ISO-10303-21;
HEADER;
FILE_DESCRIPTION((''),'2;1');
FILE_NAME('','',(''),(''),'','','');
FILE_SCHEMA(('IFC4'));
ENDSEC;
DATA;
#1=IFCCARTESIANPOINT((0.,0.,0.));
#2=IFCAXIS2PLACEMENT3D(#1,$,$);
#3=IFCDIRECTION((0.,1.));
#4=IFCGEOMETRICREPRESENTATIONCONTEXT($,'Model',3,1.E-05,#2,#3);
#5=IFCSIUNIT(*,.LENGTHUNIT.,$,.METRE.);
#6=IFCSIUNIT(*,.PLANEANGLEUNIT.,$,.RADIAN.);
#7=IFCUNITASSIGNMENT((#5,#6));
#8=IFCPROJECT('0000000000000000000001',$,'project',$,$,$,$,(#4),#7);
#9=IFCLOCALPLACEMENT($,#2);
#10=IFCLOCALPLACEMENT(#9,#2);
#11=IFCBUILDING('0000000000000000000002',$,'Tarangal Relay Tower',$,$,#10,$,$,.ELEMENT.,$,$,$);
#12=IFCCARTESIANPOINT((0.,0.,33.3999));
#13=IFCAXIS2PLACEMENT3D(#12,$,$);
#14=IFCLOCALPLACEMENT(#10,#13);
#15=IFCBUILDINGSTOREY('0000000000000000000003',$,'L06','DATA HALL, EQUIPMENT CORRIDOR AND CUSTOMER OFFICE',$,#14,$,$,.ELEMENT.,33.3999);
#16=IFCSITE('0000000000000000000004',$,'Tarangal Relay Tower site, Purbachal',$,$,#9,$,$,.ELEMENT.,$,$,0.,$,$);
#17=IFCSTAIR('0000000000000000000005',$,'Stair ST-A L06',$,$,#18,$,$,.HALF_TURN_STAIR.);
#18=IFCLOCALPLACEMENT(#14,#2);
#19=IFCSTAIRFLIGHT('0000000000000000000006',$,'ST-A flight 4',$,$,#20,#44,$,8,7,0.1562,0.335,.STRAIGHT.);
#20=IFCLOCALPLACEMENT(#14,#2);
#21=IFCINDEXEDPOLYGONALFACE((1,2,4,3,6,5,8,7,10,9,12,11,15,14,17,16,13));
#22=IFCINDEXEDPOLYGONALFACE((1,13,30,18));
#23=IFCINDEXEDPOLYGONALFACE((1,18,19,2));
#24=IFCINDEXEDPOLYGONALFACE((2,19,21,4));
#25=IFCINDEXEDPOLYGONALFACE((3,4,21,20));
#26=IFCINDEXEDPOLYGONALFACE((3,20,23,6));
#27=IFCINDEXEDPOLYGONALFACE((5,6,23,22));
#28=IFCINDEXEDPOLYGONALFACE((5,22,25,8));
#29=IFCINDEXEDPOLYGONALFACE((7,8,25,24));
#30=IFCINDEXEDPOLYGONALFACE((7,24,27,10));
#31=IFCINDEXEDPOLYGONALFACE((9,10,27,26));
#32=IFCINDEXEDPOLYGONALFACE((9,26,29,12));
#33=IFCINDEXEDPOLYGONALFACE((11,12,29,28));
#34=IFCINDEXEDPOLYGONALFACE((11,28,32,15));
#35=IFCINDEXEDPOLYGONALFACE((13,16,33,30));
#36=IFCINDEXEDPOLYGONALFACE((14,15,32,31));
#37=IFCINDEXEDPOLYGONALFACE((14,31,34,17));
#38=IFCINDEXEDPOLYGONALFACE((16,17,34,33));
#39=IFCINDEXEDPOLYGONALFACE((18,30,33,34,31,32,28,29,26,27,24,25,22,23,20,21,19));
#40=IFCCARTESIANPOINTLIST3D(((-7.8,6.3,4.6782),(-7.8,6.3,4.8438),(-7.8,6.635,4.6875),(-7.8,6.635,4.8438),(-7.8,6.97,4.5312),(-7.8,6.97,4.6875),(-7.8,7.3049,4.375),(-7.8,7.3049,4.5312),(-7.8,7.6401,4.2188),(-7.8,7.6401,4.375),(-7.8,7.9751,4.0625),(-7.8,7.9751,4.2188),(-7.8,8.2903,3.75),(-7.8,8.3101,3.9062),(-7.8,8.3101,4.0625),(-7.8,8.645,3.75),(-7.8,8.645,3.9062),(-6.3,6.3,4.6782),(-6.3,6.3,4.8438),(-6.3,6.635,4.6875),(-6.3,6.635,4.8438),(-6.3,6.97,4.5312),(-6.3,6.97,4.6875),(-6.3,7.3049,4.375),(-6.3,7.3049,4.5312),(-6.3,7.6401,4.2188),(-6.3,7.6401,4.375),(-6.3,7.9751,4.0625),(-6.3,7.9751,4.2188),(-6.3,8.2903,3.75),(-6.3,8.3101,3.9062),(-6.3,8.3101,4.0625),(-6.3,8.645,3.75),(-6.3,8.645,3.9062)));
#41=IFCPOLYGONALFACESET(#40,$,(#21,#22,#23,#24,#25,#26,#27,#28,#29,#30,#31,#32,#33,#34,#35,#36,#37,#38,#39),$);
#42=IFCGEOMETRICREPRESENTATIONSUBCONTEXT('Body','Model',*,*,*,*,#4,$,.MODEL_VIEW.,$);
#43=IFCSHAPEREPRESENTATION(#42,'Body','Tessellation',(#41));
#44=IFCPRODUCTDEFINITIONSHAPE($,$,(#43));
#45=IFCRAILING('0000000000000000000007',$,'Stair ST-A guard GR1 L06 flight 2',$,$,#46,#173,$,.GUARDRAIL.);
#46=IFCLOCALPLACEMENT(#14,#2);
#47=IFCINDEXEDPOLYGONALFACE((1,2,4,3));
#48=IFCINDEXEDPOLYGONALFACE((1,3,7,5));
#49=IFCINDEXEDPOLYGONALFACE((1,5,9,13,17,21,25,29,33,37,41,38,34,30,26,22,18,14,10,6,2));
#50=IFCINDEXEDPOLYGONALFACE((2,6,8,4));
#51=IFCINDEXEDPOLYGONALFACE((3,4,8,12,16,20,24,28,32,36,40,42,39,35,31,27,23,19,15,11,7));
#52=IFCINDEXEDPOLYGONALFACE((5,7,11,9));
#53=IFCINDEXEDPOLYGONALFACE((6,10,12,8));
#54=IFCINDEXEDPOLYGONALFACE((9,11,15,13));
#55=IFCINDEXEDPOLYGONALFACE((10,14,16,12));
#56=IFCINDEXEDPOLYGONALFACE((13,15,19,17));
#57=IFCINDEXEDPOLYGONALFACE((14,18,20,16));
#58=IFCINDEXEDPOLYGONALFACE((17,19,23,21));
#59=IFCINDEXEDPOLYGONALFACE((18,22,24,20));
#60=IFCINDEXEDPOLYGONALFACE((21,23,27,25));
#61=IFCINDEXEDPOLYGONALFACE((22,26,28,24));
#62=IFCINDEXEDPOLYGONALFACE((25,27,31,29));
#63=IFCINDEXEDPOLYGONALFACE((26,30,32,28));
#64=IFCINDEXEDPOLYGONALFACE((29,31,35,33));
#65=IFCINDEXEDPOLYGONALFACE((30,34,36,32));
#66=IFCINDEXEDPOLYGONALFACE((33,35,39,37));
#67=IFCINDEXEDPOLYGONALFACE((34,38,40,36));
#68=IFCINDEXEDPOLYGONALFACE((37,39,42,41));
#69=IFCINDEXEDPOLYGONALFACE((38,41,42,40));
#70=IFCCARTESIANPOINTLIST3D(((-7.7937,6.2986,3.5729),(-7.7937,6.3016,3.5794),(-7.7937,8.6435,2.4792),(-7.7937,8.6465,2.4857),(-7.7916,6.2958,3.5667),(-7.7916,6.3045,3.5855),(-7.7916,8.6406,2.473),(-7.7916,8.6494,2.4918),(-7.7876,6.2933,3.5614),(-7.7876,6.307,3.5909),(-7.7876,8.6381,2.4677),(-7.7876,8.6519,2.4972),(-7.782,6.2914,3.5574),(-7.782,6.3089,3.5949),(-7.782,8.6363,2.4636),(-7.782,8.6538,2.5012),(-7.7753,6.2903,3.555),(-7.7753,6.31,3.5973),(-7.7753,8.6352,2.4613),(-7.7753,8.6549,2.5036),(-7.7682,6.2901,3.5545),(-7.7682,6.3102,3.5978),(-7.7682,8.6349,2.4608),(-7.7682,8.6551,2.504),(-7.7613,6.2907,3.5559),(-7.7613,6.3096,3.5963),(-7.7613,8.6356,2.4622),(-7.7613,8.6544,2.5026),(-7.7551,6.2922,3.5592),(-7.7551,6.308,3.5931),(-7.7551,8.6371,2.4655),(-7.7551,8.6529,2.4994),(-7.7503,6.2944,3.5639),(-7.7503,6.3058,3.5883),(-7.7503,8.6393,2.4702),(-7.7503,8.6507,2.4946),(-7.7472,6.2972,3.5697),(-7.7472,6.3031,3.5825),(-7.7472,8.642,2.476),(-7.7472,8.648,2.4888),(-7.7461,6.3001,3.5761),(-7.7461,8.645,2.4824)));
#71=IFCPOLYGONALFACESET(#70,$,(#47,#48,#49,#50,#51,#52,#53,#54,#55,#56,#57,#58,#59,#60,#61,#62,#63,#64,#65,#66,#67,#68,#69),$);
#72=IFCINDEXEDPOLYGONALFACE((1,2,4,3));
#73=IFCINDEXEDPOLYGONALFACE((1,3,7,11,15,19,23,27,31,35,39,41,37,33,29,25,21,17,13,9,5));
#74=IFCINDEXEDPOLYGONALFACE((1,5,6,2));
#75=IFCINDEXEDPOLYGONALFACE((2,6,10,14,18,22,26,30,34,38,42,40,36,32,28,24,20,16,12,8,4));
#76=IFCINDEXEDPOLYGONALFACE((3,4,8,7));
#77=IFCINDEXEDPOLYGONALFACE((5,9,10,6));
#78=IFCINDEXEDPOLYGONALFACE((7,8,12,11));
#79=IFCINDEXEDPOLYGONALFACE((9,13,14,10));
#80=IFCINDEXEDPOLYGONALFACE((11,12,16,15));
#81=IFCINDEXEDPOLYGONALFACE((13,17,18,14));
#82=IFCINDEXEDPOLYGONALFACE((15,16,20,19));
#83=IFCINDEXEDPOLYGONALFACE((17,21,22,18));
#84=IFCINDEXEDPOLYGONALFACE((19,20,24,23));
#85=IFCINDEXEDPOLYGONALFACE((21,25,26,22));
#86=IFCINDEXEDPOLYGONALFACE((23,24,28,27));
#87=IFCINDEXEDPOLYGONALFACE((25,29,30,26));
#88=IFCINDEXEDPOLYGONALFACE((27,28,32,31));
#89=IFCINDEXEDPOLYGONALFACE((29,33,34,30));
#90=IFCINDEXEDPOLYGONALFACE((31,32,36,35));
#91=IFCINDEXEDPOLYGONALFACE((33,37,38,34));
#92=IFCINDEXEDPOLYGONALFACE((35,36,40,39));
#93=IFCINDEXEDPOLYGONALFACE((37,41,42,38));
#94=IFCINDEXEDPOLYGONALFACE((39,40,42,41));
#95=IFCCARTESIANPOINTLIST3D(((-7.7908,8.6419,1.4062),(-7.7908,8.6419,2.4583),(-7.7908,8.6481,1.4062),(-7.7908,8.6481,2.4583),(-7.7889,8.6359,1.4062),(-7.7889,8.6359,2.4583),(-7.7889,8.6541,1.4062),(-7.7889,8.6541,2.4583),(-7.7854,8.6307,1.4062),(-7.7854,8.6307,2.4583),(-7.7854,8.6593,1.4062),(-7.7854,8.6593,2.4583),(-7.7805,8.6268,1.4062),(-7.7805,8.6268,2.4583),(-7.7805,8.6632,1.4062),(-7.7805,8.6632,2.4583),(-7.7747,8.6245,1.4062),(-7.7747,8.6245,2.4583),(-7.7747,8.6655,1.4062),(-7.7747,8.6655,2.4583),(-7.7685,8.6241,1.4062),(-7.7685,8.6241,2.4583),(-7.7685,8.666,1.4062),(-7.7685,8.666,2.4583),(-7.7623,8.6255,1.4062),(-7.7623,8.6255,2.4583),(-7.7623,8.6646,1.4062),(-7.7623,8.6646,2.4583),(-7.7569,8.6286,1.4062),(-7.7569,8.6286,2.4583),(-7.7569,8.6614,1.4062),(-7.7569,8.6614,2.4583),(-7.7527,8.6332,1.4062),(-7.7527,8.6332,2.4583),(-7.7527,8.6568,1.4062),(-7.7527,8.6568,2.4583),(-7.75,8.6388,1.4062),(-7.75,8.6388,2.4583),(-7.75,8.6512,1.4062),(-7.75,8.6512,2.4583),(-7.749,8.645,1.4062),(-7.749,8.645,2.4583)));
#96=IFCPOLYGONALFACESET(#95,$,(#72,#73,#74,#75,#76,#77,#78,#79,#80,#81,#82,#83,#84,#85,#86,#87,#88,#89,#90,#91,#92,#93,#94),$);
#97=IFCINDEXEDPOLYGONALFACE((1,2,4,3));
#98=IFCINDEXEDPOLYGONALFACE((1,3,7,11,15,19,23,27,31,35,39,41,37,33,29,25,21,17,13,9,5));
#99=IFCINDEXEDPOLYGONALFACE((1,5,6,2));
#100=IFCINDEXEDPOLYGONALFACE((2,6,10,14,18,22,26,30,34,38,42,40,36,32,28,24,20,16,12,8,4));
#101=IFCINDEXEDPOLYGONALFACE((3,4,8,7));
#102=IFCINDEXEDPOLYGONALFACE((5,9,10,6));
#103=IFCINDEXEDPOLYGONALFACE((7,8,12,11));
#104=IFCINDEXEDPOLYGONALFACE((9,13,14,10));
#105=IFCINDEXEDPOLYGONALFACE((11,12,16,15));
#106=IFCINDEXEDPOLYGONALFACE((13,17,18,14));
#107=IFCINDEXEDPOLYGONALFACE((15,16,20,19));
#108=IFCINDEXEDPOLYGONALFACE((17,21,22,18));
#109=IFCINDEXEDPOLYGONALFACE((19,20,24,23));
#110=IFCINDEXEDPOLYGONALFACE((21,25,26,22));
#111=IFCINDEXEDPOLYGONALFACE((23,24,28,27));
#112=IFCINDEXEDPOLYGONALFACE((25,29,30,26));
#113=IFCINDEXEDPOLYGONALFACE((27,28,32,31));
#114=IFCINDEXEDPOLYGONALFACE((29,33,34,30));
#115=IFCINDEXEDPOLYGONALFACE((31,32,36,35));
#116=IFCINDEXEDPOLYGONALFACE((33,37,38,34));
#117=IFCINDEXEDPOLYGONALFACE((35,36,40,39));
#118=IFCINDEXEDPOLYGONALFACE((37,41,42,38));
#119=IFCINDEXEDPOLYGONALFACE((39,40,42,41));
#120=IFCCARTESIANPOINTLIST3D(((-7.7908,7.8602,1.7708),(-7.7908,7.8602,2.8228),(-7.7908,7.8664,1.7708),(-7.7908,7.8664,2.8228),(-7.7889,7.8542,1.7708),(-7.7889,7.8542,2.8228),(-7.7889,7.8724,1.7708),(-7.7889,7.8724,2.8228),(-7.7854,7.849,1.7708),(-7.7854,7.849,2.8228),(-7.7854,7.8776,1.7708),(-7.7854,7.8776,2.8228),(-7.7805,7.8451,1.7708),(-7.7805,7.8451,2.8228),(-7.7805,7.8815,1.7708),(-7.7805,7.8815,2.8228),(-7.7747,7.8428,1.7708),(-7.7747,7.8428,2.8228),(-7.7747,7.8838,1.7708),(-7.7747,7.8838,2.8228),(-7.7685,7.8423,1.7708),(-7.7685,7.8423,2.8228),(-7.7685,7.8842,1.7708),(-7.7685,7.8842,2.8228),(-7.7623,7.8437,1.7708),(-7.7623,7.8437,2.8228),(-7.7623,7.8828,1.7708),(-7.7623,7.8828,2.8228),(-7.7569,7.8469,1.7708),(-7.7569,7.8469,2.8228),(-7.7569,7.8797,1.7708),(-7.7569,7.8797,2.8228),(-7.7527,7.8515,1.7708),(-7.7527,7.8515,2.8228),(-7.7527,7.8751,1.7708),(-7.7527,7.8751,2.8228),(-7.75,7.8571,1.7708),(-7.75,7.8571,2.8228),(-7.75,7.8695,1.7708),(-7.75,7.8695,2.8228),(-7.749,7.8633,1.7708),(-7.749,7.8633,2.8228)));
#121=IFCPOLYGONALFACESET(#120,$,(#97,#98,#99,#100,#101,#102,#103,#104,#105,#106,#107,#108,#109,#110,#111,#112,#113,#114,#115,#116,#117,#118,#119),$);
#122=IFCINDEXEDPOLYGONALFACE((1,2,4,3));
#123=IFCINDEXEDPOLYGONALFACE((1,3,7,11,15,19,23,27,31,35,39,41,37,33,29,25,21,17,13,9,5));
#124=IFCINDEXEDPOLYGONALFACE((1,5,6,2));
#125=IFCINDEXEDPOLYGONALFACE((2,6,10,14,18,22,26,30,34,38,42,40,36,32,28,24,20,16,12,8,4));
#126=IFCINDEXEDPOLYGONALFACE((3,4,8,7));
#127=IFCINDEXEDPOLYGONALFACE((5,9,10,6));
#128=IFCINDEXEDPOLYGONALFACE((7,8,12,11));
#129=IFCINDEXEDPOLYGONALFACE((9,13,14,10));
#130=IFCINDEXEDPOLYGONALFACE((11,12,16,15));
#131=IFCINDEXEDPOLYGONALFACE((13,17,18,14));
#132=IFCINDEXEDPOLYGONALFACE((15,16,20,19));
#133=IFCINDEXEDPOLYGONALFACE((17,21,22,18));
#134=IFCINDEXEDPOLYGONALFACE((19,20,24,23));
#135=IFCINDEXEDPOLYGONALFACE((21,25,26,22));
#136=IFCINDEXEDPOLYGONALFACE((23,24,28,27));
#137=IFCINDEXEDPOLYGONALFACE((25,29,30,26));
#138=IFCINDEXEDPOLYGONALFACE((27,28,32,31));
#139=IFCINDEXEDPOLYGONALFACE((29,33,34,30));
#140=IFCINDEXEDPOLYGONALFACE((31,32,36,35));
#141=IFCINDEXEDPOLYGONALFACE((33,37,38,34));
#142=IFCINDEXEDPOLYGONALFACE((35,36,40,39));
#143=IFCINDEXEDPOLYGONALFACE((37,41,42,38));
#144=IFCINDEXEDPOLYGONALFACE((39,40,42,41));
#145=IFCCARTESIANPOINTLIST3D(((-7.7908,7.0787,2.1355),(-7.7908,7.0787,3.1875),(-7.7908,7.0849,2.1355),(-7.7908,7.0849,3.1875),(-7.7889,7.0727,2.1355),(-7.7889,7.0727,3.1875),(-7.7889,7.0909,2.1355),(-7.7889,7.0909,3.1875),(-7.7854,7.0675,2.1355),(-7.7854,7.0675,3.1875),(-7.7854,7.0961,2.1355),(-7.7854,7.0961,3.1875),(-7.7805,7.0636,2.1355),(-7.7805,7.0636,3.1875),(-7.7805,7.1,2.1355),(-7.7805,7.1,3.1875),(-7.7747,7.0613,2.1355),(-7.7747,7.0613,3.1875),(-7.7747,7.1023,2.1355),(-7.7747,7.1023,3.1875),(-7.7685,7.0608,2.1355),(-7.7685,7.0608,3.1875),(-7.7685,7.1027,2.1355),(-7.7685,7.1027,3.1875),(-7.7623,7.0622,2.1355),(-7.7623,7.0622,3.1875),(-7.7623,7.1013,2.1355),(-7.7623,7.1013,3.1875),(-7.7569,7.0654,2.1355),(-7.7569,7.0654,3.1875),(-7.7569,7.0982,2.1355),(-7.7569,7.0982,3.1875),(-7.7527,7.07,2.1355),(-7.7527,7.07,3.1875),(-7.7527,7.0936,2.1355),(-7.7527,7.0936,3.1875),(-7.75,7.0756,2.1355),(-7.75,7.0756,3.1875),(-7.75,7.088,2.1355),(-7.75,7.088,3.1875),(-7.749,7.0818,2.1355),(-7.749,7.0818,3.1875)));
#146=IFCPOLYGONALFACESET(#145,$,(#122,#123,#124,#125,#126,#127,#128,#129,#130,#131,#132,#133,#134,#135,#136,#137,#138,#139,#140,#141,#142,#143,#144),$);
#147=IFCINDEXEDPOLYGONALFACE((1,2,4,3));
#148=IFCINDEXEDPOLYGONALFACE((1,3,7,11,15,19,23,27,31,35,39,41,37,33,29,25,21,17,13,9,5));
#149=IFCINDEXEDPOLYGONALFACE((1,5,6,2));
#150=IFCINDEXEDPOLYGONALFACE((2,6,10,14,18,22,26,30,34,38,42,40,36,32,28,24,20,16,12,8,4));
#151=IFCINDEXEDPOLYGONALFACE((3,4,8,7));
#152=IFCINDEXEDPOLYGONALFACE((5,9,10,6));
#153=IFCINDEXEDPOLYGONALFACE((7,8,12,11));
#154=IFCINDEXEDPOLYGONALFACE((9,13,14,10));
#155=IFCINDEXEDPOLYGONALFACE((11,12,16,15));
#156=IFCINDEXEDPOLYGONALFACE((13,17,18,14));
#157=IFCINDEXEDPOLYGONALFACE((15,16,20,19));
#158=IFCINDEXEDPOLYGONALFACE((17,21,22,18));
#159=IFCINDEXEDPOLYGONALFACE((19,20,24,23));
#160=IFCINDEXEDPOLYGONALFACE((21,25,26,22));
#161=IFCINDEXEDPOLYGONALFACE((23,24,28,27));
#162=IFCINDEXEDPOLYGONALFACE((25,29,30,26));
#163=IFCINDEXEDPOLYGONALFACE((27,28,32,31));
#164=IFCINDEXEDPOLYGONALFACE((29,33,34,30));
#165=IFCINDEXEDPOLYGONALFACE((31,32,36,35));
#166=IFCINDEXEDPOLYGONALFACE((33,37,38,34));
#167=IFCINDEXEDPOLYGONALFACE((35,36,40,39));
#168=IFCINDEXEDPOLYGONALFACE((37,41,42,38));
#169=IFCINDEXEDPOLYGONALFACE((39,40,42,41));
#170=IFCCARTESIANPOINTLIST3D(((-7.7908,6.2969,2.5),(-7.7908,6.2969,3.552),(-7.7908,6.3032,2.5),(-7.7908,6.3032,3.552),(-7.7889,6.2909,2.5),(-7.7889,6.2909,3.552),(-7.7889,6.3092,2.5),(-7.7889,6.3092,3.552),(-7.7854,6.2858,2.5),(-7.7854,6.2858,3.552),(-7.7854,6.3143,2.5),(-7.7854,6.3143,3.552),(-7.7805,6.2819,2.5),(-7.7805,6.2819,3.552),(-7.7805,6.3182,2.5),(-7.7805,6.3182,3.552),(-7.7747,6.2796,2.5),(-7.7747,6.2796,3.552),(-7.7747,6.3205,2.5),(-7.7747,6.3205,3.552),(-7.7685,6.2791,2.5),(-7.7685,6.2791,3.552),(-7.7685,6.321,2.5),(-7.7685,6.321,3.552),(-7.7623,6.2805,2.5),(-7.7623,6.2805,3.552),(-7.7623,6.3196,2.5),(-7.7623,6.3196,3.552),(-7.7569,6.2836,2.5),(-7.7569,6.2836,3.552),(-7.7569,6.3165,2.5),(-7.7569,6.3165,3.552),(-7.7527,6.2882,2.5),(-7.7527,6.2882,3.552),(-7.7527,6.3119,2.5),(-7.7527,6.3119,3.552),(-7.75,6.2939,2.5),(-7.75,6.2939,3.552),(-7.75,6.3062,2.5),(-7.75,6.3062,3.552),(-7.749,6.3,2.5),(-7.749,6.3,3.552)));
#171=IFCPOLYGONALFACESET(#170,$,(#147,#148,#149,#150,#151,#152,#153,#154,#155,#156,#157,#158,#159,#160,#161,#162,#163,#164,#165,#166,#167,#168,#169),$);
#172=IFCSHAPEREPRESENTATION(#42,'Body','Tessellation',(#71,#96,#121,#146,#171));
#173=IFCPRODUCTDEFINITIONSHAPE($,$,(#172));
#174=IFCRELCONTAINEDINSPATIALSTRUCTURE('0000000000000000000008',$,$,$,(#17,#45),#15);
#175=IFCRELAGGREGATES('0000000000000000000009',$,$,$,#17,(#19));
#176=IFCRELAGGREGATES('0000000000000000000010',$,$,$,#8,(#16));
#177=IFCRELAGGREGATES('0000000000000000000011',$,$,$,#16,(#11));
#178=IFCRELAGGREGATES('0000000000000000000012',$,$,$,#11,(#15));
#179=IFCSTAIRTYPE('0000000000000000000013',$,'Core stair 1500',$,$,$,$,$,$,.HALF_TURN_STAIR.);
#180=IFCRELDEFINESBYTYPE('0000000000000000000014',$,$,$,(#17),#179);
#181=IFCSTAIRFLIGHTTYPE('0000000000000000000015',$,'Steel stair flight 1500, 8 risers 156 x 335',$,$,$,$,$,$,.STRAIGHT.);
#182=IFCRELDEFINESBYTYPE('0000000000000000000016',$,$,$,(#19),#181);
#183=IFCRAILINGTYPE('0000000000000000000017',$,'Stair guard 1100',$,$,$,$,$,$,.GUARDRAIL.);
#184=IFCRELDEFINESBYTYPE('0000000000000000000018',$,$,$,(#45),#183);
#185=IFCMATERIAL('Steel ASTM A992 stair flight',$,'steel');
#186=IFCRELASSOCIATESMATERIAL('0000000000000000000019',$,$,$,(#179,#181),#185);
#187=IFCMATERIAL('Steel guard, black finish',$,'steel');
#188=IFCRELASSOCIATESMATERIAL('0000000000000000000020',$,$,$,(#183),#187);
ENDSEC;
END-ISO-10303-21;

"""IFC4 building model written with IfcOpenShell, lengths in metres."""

from ifc_helpers import new_model, si_unit, direction, frame, origin, origin_2d, place, context, subcontext, project, spatial, polyline, circle, outline, extrude, material, type_object, element, aggregate, save


model = new_model("IFC4")

# Units and contexts
model_context = context("Model", 3, precision=1e-05, world=origin(), true_north=direction((0.0, 1.0)))
body_context = subcontext(model_context, "Body", "Model", "MODEL_VIEW")
ifc_project = project(units=[si_unit("LENGTHUNIT", "METRE"), si_unit("PLANEANGLEUNIT", "RADIAN")], contexts=[model_context])

# Site, building, storey
site_placement = place(None, origin())
site = spatial("IfcSite", under=ifc_project, at=site_placement, Name="Tarangal Relay Tower site, Purbachal", CompositionType="ELEMENT", RefElevation=0.0)
building_placement = place(site_placement, origin())
building = spatial("IfcBuilding", under=site, at=building_placement, Name="Tarangal Relay Tower", CompositionType="ELEMENT")
storey_placement = place(building_placement, frame((0.0, 0.0, 33.3999)))
storey = spatial("IfcBuildingStorey", under=building, at=storey_placement, Name="L06", Description="DATA HALL, EQUIPMENT CORRIDOR AND CUSTOMER OFFICE", CompositionType="ELEMENT", Elevation=33.3999)

# Stair, stair flight
ifc_material_1 = material(Name="Steel ASTM A992 stair flight", Category="steel")
stair_type = type_object("IfcStairType", Name="Core stair 1500", PredefinedType="HALF_TURN_STAIR", material=ifc_material_1)
stair_placement = place(storey_placement, origin())
stair = element("IfcStair", 1, at=stair_placement, inside=storey, type_object=stair_type, Name="Stair ST-A L06", PredefinedType="HALF_TURN_STAIR")
stair_flight_type = type_object("IfcStairFlightType", Name="Steel stair flight 1500, 8 risers 156 x 335", PredefinedType="STRAIGHT", material=ifc_material_1)
stair_flight_1_placement = place(storey_placement, frame((-7.05, 8.645, 3.75), z_axis=(0.0, 0.0, 1.0), x_axis=(0.0, -1.0, 0.0)))
stair_flight_1 = element("IfcStairFlight", 2, at=stair_flight_1_placement, type_object=stair_flight_type, Name="ST-A flight 4", NumberOfRisers=8, NumberOfTreads=7, PredefinedType="STRAIGHT", RiserHeight=0.1562, TreadLength=0.335, context=body_context, shape_type="SweptSolid", body=[
    extrude(outline(polyline([(0.0, 0.0), (0.0, 0.1562), (0.335, 0.1562), (0.335, 0.3125), (0.6699, 0.3125), (0.6699, 0.4688), (1.0049, 0.4688), (1.0049, 0.625), (1.3401, 0.625), (1.3401, 0.7812), (1.675, 0.7812), (1.675, 0.9375), (2.01, 0.9375), (2.01, 1.0938), (2.345, 1.0938), (2.345, 1.25), (2.345, 0.9282), (0.3547, 0.0), (0.0, 0.0)])), frame((0.0, 0.75, 0.0), z_axis=(0.0, -1.0, 0.0), x_axis=(1.0, 0.0, 0.0)), (0.0, 0.0, 1.0), 1.5),
])
aggregate(stair, [stair_flight_1])

# Railing
ifc_material_2 = material(Name="Steel guard, black finish", Category="steel")
railing_type_1 = type_object("IfcRailingType", Name="Stair guard 1100", PredefinedType="GUARDRAIL", material=ifc_material_2)
for number, where, name in (
    (3, (-7.77, 8.645, 1.4062), "Stair ST-A guard GR1 L06 flight 2"),
):
    element("IfcRailing", number, at=place(storey_placement, frame(where)), inside=storey, type_object=railing_type_1, Name=name, PredefinedType="GUARDRAIL", context=body_context, shape_type="SweptSolid", body=[
        extrude(circle(Radius=0.0239, at=origin_2d()), frame((0.0, 0.0, 1.0762), z_axis=(0.0, -0.906267, 0.422705), x_axis=(1.0, 0.0, 0.0)), (0.0, 0.0, 1.0), 2.5874),
        extrude(circle(Radius=0.021, at=origin_2d()), origin(), (0.0, 0.0, 1.0), 1.052),
        extrude(circle(Radius=0.021, at=origin_2d()), frame((0.0, -0.7817, 0.3645)), (0.0, 0.0, 1.0), 1.052),
        extrude(circle(Radius=0.021, at=origin_2d()), frame((0.0, -1.5632, 0.7292)), (0.0, 0.0, 1.0), 1.052),
        extrude(circle(Radius=0.021, at=origin_2d()), frame((0.0, -2.345, 1.0938)), (0.0, 0.0, 1.0), 1.052),
    ])

save(model, "model.ifc")
